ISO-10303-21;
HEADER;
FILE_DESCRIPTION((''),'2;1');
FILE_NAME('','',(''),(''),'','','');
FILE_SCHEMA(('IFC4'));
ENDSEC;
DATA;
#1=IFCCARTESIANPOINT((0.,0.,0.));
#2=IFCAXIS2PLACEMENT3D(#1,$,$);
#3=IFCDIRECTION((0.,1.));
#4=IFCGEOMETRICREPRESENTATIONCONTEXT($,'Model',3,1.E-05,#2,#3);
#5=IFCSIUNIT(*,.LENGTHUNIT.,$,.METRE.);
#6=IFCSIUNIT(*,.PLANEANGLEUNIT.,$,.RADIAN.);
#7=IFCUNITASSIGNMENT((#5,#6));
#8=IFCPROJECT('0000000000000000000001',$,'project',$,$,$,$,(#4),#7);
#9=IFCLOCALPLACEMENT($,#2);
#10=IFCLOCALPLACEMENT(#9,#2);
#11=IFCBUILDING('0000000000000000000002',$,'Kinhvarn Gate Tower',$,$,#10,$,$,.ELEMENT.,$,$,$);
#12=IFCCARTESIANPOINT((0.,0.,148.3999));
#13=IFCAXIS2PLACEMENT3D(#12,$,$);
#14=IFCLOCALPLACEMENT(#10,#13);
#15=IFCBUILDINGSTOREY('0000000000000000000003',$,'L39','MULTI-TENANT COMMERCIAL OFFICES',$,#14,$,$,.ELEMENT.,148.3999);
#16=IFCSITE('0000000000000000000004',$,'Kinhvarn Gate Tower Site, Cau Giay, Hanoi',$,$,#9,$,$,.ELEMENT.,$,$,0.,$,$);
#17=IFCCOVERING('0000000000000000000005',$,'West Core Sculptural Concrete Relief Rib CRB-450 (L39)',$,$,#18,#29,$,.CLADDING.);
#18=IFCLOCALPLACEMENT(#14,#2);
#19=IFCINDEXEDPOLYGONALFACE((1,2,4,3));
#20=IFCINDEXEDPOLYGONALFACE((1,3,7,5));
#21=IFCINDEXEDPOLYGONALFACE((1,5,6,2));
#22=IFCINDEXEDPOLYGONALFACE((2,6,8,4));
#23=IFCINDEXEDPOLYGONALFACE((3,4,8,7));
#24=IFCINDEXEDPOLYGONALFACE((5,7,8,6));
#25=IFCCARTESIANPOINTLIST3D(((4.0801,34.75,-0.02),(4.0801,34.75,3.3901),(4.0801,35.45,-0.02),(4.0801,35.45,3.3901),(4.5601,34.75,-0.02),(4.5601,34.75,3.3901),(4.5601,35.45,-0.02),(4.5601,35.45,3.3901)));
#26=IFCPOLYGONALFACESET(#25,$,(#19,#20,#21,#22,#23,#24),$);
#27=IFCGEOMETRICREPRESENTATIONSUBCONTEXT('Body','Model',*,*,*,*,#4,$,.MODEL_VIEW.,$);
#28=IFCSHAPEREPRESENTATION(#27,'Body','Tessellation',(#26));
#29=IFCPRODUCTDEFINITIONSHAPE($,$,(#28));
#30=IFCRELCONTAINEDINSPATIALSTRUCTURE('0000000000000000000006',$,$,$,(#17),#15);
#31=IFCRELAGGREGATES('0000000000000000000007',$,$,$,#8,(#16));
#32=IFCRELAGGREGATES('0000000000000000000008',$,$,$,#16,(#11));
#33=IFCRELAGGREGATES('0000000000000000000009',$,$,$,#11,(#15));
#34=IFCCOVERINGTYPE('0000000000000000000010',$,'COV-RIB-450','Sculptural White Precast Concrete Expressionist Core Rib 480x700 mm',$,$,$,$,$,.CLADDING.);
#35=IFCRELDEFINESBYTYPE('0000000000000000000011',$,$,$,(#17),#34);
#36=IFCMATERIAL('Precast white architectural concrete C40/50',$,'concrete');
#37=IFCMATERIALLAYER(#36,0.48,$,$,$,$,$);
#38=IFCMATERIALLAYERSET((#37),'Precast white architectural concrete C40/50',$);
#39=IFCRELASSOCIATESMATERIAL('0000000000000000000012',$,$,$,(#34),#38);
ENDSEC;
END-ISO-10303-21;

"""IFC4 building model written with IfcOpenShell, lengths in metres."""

from ifc_helpers import new_model, si_unit, direction, frame, origin, place, context, subcontext, project, spatial, polyline, outline, extrude, material, layer, layer_set, type_object, element, save


model = new_model("IFC4")

# Units and contexts
model_context = context("Model", 3, precision=1e-05, world=origin(), true_north=direction((0.0, 1.0)))
body_context = subcontext(model_context, "Body", "Model", "MODEL_VIEW")
ifc_project = project(units=[si_unit("LENGTHUNIT", "METRE"), si_unit("PLANEANGLEUNIT", "RADIAN")], contexts=[model_context])

# Site, building, storey
site_placement = place(None, origin())
site = spatial("IfcSite", under=ifc_project, at=site_placement, Name="Kinhvarn Gate Tower Site, Cau Giay, Hanoi", CompositionType="ELEMENT", RefElevation=0.0)
building_placement = place(site_placement, origin())
building = spatial("IfcBuilding", under=site, at=building_placement, Name="Kinhvarn Gate Tower", CompositionType="ELEMENT")
storey_placement = place(building_placement, frame((0.0, 0.0, 148.3999)))
storey = spatial("IfcBuildingStorey", under=building, at=storey_placement, Name="L39", Description="MULTI-TENANT COMMERCIAL OFFICES", CompositionType="ELEMENT", Elevation=148.3999)

# Shared definitions
ifc_material_1 = material(Name="Precast white architectural concrete C40/50", Category="concrete")

# Covering
ifc_layer_1 = layer(ifc_material_1, 0.48)
ifc_layer_set_1 = layer_set([ifc_layer_1], Name="Precast white architectural concrete C40/50")
covering_type_1 = type_object("IfcCoveringType", Name="COV-RIB-450", Description="Sculptural White Precast Concrete Expressionist Core Rib 480x700 mm", PredefinedType="CLADDING", material=ifc_layer_set_1)
covering_1_placement = place(storey_placement, frame((0.0, 0.0, -0.02)))
element("IfcCovering", 1, at=covering_1_placement, inside=storey, type_object=covering_type_1, Name="West Core Sculptural Concrete Relief Rib CRB-450 (L39)", PredefinedType="CLADDING", context=body_context, shape_type="SweptSolid", body=[
    extrude(outline(polyline([(4.0801, 34.75), (4.5601, 34.75), (4.5601, 35.45), (4.0801, 35.45), (4.0801, 34.75)])), origin(), (0.0, 0.0, 1.0), 3.4102),
])

save(model, "model.ifc")
